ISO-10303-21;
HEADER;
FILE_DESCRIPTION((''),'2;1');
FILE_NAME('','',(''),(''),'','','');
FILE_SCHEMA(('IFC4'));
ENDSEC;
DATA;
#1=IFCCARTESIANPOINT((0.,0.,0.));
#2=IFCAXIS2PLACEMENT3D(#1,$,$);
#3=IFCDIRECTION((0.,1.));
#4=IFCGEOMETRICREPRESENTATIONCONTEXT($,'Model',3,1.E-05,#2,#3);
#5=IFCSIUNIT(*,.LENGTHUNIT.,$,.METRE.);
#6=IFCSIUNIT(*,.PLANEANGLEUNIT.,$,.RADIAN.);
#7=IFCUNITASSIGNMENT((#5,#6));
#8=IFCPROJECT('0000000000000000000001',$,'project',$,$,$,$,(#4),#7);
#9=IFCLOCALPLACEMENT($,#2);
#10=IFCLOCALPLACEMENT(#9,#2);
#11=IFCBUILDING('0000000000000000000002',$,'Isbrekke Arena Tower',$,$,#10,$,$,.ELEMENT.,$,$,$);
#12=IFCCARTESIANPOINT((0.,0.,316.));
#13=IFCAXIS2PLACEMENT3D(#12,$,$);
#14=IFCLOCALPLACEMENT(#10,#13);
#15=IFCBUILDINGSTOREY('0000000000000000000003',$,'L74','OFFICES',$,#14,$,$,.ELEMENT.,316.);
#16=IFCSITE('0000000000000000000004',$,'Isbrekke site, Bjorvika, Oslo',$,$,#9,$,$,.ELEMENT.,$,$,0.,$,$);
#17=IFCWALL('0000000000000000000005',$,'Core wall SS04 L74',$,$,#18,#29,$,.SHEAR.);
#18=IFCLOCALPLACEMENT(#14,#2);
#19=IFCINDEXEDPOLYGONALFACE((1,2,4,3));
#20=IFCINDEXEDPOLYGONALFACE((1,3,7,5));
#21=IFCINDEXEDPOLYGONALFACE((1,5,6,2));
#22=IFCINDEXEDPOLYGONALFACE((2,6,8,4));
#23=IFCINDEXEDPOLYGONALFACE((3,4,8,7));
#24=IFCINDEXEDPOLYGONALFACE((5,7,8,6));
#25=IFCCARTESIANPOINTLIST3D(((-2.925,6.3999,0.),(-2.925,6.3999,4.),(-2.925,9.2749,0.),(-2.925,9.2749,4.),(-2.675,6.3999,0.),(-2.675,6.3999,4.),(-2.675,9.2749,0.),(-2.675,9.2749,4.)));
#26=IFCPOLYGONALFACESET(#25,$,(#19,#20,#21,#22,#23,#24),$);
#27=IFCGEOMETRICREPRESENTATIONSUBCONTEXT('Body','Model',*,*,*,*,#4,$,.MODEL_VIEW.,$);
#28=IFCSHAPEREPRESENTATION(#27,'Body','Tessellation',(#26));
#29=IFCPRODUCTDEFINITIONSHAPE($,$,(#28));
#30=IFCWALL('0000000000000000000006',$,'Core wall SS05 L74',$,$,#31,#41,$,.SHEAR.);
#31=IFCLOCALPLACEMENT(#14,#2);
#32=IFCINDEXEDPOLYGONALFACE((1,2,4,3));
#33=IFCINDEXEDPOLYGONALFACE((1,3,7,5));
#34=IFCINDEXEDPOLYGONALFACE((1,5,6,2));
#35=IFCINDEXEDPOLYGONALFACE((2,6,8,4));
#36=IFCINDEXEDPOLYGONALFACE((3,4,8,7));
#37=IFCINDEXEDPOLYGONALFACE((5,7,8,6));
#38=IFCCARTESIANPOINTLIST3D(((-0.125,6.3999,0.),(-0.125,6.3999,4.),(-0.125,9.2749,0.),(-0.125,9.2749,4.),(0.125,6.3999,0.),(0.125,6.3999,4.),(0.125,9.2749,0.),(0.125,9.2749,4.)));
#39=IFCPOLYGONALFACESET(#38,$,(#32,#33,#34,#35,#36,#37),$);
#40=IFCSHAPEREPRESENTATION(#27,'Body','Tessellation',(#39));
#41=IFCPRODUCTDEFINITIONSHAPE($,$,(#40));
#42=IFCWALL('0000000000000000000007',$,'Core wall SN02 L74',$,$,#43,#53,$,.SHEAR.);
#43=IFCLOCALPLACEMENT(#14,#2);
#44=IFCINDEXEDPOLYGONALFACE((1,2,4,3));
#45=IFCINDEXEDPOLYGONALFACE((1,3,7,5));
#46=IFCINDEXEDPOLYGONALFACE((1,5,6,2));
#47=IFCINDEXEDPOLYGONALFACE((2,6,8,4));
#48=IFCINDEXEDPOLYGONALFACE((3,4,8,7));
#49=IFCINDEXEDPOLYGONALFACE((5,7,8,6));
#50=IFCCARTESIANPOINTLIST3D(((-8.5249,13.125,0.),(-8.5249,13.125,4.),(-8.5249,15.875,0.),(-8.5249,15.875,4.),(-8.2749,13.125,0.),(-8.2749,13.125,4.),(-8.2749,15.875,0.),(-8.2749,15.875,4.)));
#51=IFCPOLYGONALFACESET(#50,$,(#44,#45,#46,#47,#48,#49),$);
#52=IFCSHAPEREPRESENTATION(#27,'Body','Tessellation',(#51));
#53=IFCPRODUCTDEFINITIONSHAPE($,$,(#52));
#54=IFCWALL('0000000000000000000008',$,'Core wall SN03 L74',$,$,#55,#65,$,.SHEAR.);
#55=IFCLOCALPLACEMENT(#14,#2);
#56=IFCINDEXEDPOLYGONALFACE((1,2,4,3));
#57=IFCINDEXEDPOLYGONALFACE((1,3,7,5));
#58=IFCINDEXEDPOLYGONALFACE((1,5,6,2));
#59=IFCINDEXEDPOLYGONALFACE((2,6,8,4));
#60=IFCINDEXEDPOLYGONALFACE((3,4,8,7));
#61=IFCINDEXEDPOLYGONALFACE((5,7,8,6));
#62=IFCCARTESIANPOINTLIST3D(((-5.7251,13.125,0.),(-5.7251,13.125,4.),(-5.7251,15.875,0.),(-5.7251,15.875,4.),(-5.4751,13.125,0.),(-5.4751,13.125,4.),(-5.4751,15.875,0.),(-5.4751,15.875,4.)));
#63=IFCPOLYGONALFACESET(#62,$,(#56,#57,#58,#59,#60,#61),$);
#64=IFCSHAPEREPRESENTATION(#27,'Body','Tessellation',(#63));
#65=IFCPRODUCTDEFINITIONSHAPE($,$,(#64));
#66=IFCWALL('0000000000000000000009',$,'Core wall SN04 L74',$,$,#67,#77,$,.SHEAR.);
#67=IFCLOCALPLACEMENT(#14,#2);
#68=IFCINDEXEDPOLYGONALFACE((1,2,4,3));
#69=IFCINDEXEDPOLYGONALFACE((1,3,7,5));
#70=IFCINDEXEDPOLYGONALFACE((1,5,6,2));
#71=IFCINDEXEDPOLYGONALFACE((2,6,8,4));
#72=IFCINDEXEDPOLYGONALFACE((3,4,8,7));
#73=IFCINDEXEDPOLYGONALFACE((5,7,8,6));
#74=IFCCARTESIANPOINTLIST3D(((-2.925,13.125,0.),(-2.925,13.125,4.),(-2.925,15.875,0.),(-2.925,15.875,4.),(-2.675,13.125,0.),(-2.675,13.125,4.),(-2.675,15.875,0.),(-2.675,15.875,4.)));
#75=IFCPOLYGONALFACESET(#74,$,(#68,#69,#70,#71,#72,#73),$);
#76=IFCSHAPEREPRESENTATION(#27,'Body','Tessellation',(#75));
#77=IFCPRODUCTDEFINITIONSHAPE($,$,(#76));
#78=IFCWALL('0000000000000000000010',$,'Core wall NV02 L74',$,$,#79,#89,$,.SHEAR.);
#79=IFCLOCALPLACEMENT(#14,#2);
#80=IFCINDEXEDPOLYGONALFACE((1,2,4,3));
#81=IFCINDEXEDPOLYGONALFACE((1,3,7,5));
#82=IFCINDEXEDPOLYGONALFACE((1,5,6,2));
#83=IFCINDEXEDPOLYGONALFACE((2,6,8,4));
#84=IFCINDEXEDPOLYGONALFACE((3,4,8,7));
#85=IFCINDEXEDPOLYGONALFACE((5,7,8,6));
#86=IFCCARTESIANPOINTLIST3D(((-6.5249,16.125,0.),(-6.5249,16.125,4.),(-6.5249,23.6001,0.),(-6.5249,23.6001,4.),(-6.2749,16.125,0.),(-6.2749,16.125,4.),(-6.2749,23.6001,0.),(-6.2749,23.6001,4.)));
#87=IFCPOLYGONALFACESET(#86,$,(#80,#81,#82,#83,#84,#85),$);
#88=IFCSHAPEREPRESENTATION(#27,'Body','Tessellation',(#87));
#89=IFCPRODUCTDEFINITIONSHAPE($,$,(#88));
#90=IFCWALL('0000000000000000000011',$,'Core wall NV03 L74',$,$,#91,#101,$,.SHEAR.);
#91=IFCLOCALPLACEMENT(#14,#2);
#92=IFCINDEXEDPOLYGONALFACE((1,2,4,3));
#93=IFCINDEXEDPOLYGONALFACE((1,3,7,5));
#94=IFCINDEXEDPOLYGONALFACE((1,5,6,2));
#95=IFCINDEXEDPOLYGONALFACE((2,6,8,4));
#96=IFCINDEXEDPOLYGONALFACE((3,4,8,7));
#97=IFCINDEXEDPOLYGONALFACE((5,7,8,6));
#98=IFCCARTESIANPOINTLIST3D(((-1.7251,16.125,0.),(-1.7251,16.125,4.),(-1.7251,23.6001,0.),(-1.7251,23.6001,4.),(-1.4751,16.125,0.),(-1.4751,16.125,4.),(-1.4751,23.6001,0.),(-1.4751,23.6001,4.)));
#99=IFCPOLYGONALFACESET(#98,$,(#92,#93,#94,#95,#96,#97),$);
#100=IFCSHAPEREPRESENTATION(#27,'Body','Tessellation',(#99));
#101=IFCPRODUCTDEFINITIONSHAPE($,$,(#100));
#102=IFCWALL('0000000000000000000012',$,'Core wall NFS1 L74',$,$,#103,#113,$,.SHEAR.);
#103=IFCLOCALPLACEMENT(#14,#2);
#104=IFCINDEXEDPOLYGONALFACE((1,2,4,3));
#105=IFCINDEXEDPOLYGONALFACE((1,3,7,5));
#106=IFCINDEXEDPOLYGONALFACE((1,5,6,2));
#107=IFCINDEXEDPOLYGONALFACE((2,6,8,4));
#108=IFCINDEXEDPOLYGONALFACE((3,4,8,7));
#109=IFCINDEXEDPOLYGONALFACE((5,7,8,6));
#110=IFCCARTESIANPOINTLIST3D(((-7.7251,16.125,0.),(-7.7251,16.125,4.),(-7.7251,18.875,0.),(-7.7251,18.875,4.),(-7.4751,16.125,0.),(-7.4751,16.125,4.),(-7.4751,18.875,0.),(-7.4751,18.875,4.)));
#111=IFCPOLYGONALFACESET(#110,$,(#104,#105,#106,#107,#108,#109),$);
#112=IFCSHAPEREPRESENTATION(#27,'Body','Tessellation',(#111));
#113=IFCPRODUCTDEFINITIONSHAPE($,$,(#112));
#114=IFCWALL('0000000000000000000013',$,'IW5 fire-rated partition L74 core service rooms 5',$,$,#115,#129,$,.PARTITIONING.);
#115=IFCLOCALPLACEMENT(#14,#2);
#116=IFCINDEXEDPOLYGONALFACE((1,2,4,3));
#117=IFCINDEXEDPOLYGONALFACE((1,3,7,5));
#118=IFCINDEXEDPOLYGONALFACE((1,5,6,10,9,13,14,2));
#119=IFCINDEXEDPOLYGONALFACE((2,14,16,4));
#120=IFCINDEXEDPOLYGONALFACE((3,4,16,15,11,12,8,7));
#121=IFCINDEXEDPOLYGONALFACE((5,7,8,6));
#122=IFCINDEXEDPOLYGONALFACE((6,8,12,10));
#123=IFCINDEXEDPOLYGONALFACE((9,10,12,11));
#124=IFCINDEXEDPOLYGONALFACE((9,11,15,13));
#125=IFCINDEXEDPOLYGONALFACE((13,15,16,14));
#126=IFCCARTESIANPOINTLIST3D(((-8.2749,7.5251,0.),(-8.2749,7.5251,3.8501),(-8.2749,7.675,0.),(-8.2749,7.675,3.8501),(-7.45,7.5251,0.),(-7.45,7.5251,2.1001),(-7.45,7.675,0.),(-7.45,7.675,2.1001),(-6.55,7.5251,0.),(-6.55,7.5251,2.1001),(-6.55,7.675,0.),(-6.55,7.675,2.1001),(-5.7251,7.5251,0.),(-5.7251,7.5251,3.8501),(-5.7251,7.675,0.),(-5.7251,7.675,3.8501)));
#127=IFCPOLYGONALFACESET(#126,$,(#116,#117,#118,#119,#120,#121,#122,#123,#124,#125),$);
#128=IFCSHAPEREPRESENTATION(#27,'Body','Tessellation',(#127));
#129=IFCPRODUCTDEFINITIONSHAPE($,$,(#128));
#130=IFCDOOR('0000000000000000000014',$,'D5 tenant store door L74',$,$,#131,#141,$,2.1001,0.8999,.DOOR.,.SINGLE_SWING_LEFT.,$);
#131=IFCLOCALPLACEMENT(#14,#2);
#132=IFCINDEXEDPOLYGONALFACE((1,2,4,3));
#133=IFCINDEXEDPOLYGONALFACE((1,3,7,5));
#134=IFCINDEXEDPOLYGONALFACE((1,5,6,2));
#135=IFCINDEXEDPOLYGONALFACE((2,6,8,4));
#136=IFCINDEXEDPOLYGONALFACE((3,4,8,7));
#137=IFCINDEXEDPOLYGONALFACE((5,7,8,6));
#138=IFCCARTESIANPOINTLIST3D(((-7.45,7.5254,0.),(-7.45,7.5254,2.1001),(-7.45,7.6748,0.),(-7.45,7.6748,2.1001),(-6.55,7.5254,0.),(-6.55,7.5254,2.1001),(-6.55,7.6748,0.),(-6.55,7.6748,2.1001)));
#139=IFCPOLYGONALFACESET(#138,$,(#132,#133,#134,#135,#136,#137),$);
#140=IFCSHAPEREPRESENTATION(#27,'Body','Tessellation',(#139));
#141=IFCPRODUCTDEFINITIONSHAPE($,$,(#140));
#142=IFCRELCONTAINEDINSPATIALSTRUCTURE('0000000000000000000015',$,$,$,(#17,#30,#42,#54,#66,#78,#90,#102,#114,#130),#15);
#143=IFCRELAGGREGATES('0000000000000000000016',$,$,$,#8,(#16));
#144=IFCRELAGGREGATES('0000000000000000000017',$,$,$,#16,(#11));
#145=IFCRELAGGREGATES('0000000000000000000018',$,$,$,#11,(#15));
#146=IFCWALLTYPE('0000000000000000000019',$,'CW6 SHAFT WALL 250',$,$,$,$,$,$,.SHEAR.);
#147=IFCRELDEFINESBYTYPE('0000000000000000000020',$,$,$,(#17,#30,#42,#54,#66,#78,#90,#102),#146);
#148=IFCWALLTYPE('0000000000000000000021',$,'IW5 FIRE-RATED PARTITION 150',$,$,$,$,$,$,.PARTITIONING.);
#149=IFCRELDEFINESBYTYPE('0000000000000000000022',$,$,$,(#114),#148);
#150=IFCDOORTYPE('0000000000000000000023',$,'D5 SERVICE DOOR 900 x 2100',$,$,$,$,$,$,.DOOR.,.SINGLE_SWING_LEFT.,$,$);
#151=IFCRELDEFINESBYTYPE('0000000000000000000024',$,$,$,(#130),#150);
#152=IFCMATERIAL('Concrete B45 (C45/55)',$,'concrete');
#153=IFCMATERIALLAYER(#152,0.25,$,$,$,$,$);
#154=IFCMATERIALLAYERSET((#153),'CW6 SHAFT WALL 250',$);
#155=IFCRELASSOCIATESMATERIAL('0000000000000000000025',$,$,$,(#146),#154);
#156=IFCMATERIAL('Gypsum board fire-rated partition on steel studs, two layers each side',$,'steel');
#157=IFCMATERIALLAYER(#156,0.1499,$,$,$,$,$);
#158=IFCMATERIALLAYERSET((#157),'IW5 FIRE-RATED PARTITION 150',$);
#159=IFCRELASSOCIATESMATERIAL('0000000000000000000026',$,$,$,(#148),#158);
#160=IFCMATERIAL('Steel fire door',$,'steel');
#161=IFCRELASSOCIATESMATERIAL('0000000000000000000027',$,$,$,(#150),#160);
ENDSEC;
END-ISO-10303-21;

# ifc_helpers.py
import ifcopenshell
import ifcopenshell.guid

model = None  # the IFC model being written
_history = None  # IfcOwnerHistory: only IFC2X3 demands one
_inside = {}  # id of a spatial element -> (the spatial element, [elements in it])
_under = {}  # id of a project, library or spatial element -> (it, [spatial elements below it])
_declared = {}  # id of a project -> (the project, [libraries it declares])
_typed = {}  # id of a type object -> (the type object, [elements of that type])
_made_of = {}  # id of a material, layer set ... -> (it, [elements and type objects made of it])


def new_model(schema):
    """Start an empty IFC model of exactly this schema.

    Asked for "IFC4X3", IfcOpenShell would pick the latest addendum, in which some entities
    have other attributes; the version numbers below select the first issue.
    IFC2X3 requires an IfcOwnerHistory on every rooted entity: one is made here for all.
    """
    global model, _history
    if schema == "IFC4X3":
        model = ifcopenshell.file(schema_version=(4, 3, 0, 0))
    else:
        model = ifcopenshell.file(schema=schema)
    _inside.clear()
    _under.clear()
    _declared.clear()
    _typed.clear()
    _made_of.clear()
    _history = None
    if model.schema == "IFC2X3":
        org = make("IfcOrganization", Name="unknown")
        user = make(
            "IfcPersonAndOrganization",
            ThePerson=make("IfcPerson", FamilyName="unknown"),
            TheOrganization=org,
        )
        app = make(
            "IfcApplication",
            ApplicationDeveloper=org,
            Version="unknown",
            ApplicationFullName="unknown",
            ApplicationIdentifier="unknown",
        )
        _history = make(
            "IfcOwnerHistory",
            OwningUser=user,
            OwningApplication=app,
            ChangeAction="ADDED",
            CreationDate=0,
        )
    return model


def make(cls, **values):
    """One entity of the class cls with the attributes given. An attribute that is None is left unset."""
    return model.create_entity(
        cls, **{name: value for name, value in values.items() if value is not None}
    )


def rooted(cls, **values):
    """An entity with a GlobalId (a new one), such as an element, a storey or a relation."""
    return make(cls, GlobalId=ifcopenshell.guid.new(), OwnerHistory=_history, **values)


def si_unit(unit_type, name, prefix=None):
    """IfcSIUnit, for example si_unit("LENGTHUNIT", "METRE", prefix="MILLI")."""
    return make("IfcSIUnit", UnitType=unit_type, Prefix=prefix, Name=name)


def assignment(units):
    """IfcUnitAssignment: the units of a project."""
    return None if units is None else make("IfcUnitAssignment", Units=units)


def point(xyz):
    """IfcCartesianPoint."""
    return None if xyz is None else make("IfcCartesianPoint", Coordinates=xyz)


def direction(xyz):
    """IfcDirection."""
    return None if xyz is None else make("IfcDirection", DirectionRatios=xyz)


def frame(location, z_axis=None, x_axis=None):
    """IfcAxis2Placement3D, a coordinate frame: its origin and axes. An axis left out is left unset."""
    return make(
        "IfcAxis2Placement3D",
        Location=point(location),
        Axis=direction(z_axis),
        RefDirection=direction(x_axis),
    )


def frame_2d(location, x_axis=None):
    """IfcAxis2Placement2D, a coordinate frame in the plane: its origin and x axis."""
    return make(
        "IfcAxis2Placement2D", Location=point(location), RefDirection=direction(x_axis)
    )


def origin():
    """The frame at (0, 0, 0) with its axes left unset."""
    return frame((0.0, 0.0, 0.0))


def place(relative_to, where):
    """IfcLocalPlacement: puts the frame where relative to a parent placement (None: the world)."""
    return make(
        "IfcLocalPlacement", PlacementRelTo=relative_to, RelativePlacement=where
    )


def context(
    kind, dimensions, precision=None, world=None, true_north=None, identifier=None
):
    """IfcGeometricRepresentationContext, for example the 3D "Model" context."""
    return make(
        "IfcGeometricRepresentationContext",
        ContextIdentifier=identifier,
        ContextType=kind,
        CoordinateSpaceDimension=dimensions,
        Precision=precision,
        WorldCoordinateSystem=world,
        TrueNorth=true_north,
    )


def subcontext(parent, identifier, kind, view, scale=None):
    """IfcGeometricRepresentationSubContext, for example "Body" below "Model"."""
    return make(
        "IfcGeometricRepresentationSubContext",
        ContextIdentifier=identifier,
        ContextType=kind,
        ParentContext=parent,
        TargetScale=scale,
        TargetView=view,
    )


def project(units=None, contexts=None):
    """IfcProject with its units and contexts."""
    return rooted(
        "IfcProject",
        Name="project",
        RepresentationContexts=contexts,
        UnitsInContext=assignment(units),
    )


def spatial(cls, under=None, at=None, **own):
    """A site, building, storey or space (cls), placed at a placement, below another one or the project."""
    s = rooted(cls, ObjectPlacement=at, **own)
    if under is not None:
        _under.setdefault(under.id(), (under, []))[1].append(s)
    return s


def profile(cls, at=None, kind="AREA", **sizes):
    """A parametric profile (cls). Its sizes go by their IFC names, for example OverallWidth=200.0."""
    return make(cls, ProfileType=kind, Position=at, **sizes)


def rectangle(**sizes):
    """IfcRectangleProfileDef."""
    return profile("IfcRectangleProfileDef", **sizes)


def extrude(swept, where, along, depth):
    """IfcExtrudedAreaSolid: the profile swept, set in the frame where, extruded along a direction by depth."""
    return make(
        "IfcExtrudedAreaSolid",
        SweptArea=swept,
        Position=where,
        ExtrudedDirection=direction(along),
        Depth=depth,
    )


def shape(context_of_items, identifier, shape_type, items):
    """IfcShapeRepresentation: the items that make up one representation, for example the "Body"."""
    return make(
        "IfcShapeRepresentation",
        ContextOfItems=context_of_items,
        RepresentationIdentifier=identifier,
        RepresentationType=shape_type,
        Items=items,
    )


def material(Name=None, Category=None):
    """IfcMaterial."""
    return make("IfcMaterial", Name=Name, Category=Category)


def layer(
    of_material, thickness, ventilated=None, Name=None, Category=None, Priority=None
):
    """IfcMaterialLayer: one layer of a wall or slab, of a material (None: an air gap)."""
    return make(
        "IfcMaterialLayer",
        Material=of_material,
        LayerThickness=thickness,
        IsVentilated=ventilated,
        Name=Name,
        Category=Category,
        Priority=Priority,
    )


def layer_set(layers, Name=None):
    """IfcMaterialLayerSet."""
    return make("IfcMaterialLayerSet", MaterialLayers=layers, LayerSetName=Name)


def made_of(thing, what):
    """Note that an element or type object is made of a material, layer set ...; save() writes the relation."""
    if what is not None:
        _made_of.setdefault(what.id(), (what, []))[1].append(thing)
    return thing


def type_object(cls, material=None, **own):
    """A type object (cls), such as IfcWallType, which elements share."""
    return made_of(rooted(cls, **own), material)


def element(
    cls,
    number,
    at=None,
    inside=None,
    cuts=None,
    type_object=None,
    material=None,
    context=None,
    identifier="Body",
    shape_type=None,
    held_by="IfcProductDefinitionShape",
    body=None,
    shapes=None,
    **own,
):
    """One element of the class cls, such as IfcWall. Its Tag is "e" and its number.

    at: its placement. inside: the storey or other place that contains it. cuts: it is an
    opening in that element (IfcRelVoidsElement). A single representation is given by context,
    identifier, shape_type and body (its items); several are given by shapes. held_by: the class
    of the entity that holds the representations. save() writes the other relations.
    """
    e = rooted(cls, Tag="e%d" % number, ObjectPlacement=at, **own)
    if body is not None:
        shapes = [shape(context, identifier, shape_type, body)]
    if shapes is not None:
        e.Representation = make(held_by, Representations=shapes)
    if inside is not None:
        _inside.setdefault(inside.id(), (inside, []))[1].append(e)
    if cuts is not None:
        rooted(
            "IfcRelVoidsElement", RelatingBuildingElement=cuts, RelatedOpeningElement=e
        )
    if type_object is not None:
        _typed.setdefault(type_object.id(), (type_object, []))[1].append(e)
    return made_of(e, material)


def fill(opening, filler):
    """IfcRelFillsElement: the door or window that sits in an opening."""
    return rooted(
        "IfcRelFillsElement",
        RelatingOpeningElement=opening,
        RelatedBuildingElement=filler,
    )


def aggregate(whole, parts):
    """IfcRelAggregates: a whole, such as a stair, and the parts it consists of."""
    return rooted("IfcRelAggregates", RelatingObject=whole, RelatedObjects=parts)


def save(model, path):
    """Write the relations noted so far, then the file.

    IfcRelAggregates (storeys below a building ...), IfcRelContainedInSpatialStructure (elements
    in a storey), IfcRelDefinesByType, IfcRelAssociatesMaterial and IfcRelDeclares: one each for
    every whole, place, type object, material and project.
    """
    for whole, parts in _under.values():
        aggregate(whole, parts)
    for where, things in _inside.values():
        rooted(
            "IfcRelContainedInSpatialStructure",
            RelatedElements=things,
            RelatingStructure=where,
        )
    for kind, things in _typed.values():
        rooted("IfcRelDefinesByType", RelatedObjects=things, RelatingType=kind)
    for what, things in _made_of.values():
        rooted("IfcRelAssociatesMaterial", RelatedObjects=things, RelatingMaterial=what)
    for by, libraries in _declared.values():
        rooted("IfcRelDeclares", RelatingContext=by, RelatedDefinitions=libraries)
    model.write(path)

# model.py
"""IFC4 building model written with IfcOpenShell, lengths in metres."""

from ifc_helpers import new_model, si_unit, direction, frame, frame_2d, origin, place, context, subcontext, project, spatial, rectangle, extrude, material, layer, layer_set, type_object, element, fill, save


model = new_model("IFC4")

# Units and contexts
model_context = context("Model", 3, precision=1e-05, world=origin(), true_north=direction((0.0, 1.0)))
body_context = subcontext(model_context, "Body", "Model", "MODEL_VIEW")
ifc_project = project(units=[si_unit("LENGTHUNIT", "METRE"), si_unit("PLANEANGLEUNIT", "RADIAN")], contexts=[model_context])

# Site, building, storey
site_placement = place(None, origin())
site = spatial("IfcSite", under=ifc_project, at=site_placement, Name="Isbrekke site, Bjorvika, Oslo", CompositionType="ELEMENT", RefElevation=0.0)
building_placement = place(site_placement, origin())
building = spatial("IfcBuilding", under=site, at=building_placement, Name="Isbrekke Arena Tower", CompositionType="ELEMENT")
storey_placement = place(building_placement, frame((0.0, 0.0, 316.0)))
storey = spatial("IfcBuildingStorey", under=building, at=storey_placement, Name="L74", Description="OFFICES", CompositionType="ELEMENT", Elevation=316.0)

# Walls
ifc_material_1 = material(Name="Concrete B45 (C45/55)", Category="concrete")
ifc_layer_1 = layer(ifc_material_1, 0.25)
ifc_layer_set_1 = layer_set([ifc_layer_1], Name="CW6 SHAFT WALL 250")
wall_type_1 = type_object("IfcWallType", Name="CW6 SHAFT WALL 250", PredefinedType="SHEAR", material=ifc_layer_set_1)
for number, where, z_axis, x_axis, name in (
    (1, (-2.8, 6.3999, 0.0), (0.0, 0.0, 1.0), (0.0, 1.0, 0.0), "Core wall SS04 L74"),
    (2, (0.0, 6.3999, 0.0), (0.0, 0.0, 1.0), (0.0, 1.0, 0.0), "Core wall SS05 L74"),
):
    element("IfcWall", number, at=place(storey_placement, frame(where, z_axis=z_axis, x_axis=x_axis)), inside=storey, type_object=wall_type_1, Name=name, PredefinedType="SHEAR", context=body_context, shape_type="SweptSolid", body=[
        extrude(rectangle(XDim=2.875, YDim=0.25, at=frame_2d((1.4375, 0.0))), origin(), (0.0, 0.0, 1.0), 4.0),
    ])
for number, where, z_axis, x_axis, name in (
    (3, (-8.3999, 13.125, 0.0), (0.0, 0.0, 1.0), (0.0, 1.0, 0.0), "Core wall SN02 L74"),
    (4, (-5.6001, 13.125, 0.0), (0.0, 0.0, 1.0), (0.0, 1.0, 0.0), "Core wall SN03 L74"),
    (5, (-2.8, 13.125, 0.0), (0.0, 0.0, 1.0), (0.0, 1.0, 0.0), "Core wall SN04 L74"),
):
    element("IfcWall", number, at=place(storey_placement, frame(where, z_axis=z_axis, x_axis=x_axis)), inside=storey, type_object=wall_type_1, Name=name, PredefinedType="SHEAR", context=body_context, shape_type="SweptSolid", body=[
        extrude(rectangle(XDim=2.75, YDim=0.25, at=frame_2d((1.375, 0.0))), origin(), (0.0, 0.0, 1.0), 4.0),
    ])
for number, where, z_axis, x_axis, name in (
    (6, (-6.3999, 16.125, 0.0), (0.0, 0.0, 1.0), (0.0, 1.0, 0.0), "Core wall NV02 L74"),
    (7, (-1.6001, 16.125, 0.0), (0.0, 0.0, 1.0), (0.0, 1.0, 0.0), "Core wall NV03 L74"),
):
    element("IfcWall", number, at=place(storey_placement, frame(where, z_axis=z_axis, x_axis=x_axis)), inside=storey, type_object=wall_type_1, Name=name, PredefinedType="SHEAR", context=body_context, shape_type="SweptSolid", body=[
        extrude(rectangle(XDim=7.4751, YDim=0.25, at=frame_2d((3.7375, 0.0))), origin(), (0.0, 0.0, 1.0), 4.0),
    ])
wall_1_placement = place(storey_placement, frame((-7.6001, 16.125, 0.0), z_axis=(0.0, 0.0, 1.0), x_axis=(0.0, 1.0, 0.0)))
element("IfcWall", 8, at=wall_1_placement, inside=storey, type_object=wall_type_1, Name="Core wall NFS1 L74", PredefinedType="SHEAR", context=body_context, shape_type="SweptSolid", body=[
    extrude(rectangle(XDim=2.75, YDim=0.25, at=frame_2d((1.375, 0.0))), origin(), (0.0, 0.0, 1.0), 4.0),
])

# Wall, opening, door
ifc_material_2 = material(Name="Gypsum board fire-rated partition on steel studs, two layers each side", Category="steel")
ifc_layer_2 = layer(ifc_material_2, 0.1499)
ifc_layer_set_2 = layer_set([ifc_layer_2], Name="IW5 FIRE-RATED PARTITION 150")
wall_type_2 = type_object("IfcWallType", Name="IW5 FIRE-RATED PARTITION 150", PredefinedType="PARTITIONING", material=ifc_layer_set_2)
wall_2_placement = place(storey_placement, frame((-8.2749, 7.6001, 0.0), z_axis=(0.0, 0.0, 1.0), x_axis=(1.0, 0.0, 0.0)))
wall_2 = element("IfcWall", 9, at=wall_2_placement, inside=storey, type_object=wall_type_2, Name="IW5 fire-rated partition L74 core service rooms 5", PredefinedType="PARTITIONING", context=body_context, shape_type="SweptSolid", body=[
    extrude(rectangle(XDim=2.5498, YDim=0.1499, at=frame_2d((1.2749, 0.0))), origin(), (0.0, 0.0, 1.0), 3.8501),
])
opening_placement = place(wall_2_placement, frame((0.825, 0.0, 0.0)))
opening = element("IfcOpeningElement", 10, at=opening_placement, cuts=wall_2, PredefinedType="OPENING", context=body_context, shape_type="SweptSolid", body=[
    extrude(rectangle(XDim=0.8999, YDim=2.1001, at=frame_2d((0.45, 1.05))), frame((0.0, 0.0898, 0.0), z_axis=(0.0, -1.0, 0.0), x_axis=(1.0, 0.0, 0.0)), (0.0, 0.0, 1.0), 0.1797),
])
ifc_material_3 = material(Name="Steel fire door", Category="steel")
door_type = type_object("IfcDoorType", Name="D5 SERVICE DOOR 900 x 2100", OperationType="SINGLE_SWING_LEFT", PredefinedType="DOOR", material=ifc_material_3)
door_placement = place(opening_placement, origin())
door = element("IfcDoor", 11, at=door_placement, inside=storey, type_object=door_type, Name="D5 tenant store door L74", OperationType="SINGLE_SWING_LEFT", OverallHeight=2.1001, OverallWidth=0.8999, PredefinedType="DOOR", context=body_context, shape_type="SweptSolid", body=[
    extrude(rectangle(XDim=0.8999, YDim=2.1001, at=frame_2d((0.45, 1.05))), frame((0.0, 0.0747, 0.0), z_axis=(0.0, -1.0, 0.0), x_axis=(1.0, 0.0, 0.0)), (0.0, 0.0, 1.0), 0.1494),
])
fill(opening, door)

save(model, "model.ifc")
